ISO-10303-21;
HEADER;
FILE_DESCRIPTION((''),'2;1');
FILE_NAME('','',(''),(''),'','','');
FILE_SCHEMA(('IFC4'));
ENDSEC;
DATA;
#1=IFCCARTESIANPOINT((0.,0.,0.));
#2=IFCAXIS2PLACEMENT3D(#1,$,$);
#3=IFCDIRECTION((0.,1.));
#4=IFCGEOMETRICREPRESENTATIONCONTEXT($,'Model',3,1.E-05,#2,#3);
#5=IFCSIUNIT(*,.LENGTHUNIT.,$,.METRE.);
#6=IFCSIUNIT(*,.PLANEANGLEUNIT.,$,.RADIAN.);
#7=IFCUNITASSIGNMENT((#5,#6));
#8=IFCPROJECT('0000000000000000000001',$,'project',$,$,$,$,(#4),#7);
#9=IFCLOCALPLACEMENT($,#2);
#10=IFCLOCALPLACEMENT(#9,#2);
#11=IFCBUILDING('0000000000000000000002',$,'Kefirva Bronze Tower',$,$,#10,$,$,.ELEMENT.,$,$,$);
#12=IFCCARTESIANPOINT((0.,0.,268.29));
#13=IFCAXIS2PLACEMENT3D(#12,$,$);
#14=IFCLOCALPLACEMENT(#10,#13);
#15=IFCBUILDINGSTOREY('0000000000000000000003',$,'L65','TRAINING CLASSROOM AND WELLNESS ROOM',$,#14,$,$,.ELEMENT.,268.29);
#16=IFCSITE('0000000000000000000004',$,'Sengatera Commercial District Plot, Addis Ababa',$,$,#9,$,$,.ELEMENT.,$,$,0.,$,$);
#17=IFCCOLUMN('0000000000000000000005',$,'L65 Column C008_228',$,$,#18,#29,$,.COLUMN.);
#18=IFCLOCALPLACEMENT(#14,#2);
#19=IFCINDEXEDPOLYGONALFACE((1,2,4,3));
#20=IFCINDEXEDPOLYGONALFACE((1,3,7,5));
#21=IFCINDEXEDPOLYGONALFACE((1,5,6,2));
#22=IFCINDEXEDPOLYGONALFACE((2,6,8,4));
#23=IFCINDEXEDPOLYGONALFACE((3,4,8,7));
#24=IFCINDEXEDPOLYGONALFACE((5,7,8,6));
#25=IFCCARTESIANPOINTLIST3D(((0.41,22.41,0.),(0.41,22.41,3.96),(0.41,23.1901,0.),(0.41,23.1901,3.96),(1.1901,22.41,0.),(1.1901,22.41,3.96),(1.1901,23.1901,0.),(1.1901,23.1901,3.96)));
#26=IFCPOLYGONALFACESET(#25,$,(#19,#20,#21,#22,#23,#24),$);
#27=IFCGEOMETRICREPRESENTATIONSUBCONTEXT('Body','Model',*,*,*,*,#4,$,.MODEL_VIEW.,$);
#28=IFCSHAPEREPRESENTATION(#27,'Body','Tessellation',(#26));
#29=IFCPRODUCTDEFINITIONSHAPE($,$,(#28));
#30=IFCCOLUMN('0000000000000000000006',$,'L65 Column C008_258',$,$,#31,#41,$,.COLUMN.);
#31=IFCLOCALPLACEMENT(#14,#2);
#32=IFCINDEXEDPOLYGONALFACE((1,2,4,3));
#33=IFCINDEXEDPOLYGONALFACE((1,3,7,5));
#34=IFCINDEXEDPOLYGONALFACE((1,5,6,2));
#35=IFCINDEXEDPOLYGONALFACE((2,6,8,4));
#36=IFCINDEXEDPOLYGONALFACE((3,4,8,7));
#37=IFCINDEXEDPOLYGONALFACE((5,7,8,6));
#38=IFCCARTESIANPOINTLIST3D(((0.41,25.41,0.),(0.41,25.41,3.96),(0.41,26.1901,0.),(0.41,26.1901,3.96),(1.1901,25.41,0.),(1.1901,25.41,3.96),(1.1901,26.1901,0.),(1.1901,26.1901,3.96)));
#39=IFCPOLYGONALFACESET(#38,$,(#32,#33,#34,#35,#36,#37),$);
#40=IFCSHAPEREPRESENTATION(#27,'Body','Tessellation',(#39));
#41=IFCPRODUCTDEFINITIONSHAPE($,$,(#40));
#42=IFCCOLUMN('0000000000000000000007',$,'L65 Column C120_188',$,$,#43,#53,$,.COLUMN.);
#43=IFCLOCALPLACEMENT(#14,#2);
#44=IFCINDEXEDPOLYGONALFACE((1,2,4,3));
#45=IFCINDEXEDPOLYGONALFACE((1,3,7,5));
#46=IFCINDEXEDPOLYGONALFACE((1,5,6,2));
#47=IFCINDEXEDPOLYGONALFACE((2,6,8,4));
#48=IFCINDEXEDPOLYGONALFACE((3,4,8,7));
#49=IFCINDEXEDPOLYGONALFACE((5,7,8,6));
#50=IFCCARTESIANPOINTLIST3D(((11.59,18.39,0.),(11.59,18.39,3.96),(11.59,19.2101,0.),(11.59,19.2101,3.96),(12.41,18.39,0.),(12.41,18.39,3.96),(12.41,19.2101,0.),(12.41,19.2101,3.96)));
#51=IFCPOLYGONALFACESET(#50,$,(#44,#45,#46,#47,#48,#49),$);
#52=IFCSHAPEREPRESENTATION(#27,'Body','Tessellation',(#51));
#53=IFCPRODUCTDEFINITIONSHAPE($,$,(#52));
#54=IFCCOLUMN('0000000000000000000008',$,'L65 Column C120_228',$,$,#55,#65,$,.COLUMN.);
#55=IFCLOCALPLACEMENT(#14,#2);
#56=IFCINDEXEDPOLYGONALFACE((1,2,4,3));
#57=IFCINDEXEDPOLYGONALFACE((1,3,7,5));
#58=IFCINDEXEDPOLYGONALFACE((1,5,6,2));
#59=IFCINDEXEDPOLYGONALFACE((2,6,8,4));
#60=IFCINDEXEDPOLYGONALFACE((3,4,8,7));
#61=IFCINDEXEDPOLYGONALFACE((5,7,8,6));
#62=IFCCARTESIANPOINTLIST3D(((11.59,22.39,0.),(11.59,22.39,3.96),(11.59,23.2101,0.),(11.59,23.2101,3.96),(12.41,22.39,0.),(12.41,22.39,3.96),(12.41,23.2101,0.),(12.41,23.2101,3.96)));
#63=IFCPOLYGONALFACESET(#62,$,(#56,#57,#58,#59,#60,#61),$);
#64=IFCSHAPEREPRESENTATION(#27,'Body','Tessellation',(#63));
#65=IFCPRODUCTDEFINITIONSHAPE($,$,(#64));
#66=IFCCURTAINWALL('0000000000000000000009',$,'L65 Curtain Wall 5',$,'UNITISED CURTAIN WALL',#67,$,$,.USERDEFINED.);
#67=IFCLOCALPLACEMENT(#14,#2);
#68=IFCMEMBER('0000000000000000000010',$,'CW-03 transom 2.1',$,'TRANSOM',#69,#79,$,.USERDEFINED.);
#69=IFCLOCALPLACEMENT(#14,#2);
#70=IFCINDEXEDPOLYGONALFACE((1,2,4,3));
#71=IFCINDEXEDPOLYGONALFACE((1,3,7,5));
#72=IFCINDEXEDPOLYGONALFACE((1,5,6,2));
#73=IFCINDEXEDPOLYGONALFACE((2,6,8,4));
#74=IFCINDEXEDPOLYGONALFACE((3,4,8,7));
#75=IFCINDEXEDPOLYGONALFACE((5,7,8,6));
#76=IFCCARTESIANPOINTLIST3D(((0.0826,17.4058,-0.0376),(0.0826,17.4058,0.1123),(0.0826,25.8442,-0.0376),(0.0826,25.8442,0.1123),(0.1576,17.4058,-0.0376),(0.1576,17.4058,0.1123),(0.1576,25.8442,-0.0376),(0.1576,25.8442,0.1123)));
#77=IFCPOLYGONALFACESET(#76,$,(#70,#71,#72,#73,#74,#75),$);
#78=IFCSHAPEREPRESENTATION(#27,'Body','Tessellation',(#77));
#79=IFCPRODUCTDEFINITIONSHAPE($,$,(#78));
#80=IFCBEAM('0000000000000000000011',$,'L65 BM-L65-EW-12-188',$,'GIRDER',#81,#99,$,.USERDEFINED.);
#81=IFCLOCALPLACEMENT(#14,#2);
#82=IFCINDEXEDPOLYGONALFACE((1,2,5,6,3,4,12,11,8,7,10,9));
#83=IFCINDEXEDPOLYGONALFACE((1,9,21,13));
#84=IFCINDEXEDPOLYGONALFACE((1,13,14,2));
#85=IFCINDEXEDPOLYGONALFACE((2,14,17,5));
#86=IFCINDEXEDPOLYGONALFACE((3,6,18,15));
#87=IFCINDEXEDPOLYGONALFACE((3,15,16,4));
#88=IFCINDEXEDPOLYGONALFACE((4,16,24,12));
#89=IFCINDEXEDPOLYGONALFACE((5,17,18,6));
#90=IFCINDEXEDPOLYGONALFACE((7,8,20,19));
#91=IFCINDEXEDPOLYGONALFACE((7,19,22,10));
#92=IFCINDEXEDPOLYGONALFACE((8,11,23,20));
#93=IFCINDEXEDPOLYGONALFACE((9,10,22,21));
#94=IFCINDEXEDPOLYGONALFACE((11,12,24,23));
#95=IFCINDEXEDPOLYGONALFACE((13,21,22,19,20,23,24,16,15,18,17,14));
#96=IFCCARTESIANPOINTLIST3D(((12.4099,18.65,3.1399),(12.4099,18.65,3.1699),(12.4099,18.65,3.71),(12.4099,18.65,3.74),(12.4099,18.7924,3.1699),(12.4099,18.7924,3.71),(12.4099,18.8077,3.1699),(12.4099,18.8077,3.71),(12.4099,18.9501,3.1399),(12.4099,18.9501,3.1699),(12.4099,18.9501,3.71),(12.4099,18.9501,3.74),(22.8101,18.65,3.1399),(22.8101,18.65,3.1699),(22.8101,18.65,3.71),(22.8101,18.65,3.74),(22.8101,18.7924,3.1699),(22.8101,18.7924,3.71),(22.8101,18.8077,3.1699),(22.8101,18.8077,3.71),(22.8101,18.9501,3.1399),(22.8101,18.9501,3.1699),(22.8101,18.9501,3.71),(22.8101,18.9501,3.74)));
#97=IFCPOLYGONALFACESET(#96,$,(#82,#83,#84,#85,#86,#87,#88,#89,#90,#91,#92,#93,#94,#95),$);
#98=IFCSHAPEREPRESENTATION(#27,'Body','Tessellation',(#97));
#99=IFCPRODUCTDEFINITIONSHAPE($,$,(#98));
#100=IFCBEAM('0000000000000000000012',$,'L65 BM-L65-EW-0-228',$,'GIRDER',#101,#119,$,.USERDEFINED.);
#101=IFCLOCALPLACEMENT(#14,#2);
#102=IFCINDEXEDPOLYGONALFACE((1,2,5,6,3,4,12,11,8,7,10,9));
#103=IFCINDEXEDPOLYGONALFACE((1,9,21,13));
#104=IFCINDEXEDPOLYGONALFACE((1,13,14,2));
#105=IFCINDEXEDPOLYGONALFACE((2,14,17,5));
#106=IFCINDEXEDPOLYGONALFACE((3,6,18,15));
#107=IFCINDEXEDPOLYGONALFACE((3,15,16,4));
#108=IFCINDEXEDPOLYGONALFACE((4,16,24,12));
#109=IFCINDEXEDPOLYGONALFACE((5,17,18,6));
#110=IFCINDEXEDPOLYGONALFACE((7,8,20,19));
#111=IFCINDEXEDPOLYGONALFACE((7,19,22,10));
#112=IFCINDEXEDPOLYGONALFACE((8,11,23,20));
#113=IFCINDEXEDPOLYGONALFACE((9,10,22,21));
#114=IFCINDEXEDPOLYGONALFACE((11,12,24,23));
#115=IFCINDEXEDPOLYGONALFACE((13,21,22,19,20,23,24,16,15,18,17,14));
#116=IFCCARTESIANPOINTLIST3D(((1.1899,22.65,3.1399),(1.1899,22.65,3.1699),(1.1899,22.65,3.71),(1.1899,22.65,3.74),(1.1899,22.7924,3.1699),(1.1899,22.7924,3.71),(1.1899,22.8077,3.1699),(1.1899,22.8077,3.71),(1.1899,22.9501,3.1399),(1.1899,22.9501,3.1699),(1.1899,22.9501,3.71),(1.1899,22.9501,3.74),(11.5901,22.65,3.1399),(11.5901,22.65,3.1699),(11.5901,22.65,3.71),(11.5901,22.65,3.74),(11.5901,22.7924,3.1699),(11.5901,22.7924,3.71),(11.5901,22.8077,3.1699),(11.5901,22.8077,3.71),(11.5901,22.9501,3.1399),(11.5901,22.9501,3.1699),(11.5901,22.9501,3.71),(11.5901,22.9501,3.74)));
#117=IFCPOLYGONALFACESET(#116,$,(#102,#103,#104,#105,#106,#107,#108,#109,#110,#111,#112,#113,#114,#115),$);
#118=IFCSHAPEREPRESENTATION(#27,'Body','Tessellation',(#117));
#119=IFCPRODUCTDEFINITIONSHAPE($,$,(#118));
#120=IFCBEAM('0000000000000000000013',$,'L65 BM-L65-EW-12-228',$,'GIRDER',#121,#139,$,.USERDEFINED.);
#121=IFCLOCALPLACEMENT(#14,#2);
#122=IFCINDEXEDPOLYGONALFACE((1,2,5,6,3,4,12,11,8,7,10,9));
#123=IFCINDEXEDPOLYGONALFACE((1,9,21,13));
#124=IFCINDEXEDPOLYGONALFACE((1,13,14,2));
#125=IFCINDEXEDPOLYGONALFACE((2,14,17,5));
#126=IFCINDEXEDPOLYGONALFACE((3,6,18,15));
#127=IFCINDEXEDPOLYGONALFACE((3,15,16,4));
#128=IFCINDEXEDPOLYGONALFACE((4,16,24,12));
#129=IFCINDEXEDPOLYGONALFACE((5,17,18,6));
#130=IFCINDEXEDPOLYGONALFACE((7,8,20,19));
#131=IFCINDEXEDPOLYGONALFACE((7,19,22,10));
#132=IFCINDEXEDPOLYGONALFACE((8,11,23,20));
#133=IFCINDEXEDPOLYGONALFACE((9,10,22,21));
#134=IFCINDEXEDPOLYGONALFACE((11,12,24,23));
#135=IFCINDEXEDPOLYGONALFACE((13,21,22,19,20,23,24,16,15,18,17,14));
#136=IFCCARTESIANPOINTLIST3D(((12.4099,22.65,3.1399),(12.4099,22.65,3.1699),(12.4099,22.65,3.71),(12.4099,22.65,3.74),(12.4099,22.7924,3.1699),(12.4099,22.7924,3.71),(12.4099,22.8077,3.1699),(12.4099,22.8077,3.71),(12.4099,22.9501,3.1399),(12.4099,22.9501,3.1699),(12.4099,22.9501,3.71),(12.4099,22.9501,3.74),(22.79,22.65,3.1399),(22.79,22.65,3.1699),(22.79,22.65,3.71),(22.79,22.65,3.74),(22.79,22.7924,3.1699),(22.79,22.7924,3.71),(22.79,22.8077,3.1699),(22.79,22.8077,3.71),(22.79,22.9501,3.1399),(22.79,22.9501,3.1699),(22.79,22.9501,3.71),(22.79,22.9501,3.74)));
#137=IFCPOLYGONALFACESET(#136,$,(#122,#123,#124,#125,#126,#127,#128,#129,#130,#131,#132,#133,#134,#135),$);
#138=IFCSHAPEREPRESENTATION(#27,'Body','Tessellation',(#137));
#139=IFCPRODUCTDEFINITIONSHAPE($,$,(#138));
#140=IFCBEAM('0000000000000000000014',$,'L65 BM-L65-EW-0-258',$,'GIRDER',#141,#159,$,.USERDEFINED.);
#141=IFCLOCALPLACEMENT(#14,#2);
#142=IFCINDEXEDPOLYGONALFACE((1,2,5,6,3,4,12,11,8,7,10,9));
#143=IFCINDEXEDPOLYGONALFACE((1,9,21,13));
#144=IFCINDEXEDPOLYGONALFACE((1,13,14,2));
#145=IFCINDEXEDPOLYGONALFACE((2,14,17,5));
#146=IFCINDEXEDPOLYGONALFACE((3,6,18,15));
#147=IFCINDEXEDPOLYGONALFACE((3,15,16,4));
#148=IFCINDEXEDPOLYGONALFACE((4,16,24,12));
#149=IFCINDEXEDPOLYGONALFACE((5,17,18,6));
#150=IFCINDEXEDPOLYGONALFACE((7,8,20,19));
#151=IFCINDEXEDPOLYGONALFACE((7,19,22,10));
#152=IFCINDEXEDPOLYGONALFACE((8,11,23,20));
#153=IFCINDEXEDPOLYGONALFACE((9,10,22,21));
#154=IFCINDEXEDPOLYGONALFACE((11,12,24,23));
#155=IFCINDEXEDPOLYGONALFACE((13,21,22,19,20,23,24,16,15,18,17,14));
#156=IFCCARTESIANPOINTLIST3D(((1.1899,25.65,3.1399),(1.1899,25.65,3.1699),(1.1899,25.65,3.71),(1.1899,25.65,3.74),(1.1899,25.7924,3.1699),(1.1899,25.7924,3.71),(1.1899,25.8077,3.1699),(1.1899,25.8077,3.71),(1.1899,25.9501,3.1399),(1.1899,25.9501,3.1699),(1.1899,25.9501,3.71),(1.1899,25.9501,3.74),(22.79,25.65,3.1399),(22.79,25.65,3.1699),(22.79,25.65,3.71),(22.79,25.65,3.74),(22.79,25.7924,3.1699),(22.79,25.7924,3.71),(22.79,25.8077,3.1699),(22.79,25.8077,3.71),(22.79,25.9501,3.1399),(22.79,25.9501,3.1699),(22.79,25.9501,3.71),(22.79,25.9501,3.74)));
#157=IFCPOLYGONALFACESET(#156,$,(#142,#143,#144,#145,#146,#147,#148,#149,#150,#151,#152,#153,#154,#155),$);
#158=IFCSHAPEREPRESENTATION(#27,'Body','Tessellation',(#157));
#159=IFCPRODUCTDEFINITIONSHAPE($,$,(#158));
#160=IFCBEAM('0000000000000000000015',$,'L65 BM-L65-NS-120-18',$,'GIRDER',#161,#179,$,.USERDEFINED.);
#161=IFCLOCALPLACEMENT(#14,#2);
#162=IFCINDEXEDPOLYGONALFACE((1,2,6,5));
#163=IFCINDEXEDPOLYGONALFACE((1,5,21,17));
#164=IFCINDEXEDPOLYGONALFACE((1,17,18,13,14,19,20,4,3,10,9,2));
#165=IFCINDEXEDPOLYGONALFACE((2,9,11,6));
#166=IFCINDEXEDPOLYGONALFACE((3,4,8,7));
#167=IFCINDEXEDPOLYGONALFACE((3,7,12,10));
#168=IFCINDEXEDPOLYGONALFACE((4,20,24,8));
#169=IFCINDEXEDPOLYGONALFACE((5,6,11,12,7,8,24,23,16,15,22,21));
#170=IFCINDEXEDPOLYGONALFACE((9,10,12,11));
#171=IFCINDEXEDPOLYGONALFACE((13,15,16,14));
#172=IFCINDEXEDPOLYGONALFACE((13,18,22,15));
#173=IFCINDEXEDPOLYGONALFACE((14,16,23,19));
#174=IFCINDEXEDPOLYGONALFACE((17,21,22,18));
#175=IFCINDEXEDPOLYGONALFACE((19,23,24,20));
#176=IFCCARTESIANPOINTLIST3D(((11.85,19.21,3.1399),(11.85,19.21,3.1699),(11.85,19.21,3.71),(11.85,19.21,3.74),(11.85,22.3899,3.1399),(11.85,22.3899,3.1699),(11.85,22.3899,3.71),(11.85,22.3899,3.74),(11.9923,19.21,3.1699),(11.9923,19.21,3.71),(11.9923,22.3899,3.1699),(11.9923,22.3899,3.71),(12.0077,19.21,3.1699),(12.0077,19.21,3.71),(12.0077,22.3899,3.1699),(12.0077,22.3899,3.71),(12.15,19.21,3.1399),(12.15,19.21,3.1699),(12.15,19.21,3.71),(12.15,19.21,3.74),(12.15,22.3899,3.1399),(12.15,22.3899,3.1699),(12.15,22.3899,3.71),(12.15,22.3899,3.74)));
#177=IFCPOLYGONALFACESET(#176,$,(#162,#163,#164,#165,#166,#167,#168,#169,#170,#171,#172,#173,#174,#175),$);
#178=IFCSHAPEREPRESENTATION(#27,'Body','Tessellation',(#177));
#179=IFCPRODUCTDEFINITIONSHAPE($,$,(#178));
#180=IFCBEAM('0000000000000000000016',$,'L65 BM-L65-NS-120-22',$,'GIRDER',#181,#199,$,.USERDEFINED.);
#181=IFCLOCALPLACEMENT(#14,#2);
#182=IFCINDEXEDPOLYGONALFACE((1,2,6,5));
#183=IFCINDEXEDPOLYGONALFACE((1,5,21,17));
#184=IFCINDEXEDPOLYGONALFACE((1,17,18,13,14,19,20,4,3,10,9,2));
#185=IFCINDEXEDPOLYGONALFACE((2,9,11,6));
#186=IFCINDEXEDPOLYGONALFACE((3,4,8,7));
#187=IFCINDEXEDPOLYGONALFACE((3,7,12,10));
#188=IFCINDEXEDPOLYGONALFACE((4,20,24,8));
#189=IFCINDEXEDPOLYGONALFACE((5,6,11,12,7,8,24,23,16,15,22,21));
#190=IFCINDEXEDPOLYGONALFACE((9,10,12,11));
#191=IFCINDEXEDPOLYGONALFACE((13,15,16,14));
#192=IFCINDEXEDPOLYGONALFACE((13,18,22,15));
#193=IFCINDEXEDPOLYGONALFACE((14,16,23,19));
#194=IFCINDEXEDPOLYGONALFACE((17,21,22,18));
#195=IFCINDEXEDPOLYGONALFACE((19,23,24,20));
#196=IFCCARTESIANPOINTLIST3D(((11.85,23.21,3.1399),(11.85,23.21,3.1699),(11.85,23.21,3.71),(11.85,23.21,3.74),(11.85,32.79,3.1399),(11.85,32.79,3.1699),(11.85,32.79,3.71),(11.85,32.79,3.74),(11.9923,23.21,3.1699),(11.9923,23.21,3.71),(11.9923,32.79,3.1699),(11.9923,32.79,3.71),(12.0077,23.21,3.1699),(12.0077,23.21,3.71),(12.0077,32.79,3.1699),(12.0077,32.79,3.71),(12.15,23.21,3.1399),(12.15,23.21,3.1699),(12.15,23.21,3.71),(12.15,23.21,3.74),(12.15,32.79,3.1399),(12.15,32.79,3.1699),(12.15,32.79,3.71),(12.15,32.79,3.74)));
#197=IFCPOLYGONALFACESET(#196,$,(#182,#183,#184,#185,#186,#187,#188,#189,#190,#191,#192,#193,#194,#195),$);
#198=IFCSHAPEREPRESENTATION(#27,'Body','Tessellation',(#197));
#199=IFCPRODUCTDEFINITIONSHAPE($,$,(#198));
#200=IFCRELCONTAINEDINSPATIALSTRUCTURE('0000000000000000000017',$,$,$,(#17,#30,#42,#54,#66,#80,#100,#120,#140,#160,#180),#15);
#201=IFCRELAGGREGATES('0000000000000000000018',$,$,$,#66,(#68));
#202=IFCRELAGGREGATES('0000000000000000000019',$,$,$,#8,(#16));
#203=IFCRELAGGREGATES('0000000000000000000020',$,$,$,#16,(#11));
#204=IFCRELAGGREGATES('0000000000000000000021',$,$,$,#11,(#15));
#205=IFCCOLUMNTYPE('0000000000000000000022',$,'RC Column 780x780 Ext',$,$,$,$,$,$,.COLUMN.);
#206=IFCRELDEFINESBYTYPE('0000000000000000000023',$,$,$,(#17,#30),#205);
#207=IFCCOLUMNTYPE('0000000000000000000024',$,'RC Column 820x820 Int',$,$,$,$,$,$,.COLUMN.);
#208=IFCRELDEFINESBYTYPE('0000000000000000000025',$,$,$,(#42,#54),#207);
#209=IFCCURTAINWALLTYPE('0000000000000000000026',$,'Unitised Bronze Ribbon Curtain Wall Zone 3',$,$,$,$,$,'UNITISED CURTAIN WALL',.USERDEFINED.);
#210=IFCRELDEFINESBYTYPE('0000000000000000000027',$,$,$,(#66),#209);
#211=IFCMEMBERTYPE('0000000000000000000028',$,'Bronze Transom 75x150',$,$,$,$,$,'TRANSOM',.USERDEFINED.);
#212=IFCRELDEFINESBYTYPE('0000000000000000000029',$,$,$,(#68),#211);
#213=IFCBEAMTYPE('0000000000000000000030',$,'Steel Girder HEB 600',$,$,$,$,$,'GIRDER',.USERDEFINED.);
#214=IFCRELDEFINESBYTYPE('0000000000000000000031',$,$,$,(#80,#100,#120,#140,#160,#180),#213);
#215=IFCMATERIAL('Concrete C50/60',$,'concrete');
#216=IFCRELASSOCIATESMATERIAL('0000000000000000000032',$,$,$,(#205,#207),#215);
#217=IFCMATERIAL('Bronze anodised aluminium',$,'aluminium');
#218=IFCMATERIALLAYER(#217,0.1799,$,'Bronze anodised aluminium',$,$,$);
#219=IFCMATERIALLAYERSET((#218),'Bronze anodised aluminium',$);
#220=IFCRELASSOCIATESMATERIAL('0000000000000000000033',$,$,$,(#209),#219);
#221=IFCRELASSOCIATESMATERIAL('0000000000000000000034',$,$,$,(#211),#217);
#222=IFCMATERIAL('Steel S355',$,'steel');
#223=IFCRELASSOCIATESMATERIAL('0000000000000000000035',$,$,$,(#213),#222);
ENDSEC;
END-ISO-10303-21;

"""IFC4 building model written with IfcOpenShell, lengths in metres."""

from ifc_helpers import new_model, si_unit, direction, frame, origin, origin_2d, place, context, subcontext, project, spatial, rectangle, i_section, extrude, material, layer, layer_set, material_profile, profile_set, type_object, element, aggregate, save


model = new_model("IFC4")

# Units and contexts
model_context = context("Model", 3, precision=1e-05, world=origin(), true_north=direction((0.0, 1.0)))
body_context = subcontext(model_context, "Body", "Model", "MODEL_VIEW")
ifc_project = project(units=[si_unit("LENGTHUNIT", "METRE"), si_unit("PLANEANGLEUNIT", "RADIAN")], contexts=[model_context])

# Site, building, storey
site_placement = place(None, origin())
site = spatial("IfcSite", under=ifc_project, at=site_placement, Name="Sengatera Commercial District Plot, Addis Ababa", CompositionType="ELEMENT", RefElevation=0.0)
building_placement = place(site_placement, origin())
building = spatial("IfcBuilding", under=site, at=building_placement, Name="Kefirva Bronze Tower", CompositionType="ELEMENT")
storey_placement = place(building_placement, frame((0.0, 0.0, 268.29)))
storey = spatial("IfcBuildingStorey", under=building, at=storey_placement, Name="L65", Description="TRAINING CLASSROOM AND WELLNESS ROOM", CompositionType="ELEMENT", Elevation=268.29)

# Columns
ifc_material_1 = material(Name="Concrete C50/60", Category="concrete")
ifc_material_profile_1 = material_profile(ifc_material_1, rectangle(XDim=0.78, YDim=0.78, at=origin_2d()), Name="RC 780x780")
ifc_profile_set_1 = profile_set([ifc_material_profile_1], Name="Concrete C50/60")
column_type_1 = type_object("IfcColumnType", Name="RC Column 780x780 Ext", PredefinedType="COLUMN", material=ifc_profile_set_1)
for number, where, z_axis, x_axis, name in (
    (1, (0.8, 22.8, 0.0), (0.0, 0.0, 1.0), (1.0, 0.0, 0.0), "L65 Column C008_228"),
    (2, (0.8, 25.8, 0.0), (0.0, 0.0, 1.0), (1.0, 0.0, 0.0), "L65 Column C008_258"),
):
    element("IfcColumn", number, at=place(storey_placement, frame(where, z_axis=z_axis, x_axis=x_axis)), inside=storey, type_object=column_type_1, Name=name, PredefinedType="COLUMN", context=body_context, shape_type="SweptSolid", body=[
        extrude(rectangle(XDim=0.78, YDim=0.78, at=origin_2d()), origin(), (0.0, 0.0, 1.0), 3.96),
    ])
ifc_material_profile_2 = material_profile(ifc_material_1, rectangle(XDim=0.8201, YDim=0.8201, at=origin_2d()), Name="RC 820x820")
ifc_profile_set_2 = profile_set([ifc_material_profile_2], Name="Concrete C50/60")
column_type_2 = type_object("IfcColumnType", Name="RC Column 820x820 Int", PredefinedType="COLUMN", material=ifc_profile_set_2)
for number, where, z_axis, x_axis, name in (
    (3, (12.0, 18.8, 0.0), (0.0, 0.0, 1.0), (1.0, 0.0, 0.0), "L65 Column C120_188"),
    (4, (12.0, 22.8, 0.0), (0.0, 0.0, 1.0), (1.0, 0.0, 0.0), "L65 Column C120_228"),
):
    element("IfcColumn", number, at=place(storey_placement, frame(where, z_axis=z_axis, x_axis=x_axis)), inside=storey, type_object=column_type_2, Name=name, PredefinedType="COLUMN", context=body_context, shape_type="SweptSolid", body=[
        extrude(rectangle(XDim=0.8201, YDim=0.8201, at=origin_2d()), origin(), (0.0, 0.0, 1.0), 3.96),
    ])

# Curtain wall, member
ifc_material_2 = material(Name="Bronze anodised aluminium", Category="aluminium")
ifc_layer_1 = layer(ifc_material_2, 0.1799, Name="Bronze anodised aluminium")
ifc_layer_set_1 = layer_set([ifc_layer_1], Name="Bronze anodised aluminium")
curtain_wall_type = type_object("IfcCurtainWallType", Name="Unitised Bronze Ribbon Curtain Wall Zone 3", ElementType="UNITISED CURTAIN WALL", PredefinedType="USERDEFINED", material=ifc_layer_set_1)
curtain_wall_placement = place(storey_placement, origin())
curtain_wall = element("IfcCurtainWall", 5, at=curtain_wall_placement, inside=storey, type_object=curtain_wall_type, Name="L65 Curtain Wall 5", ObjectType="UNITISED CURTAIN WALL", PredefinedType="USERDEFINED")
ifc_material_profile_3 = material_profile(ifc_material_2, rectangle(XDim=0.075, YDim=0.1499, at=origin_2d()), Name="ALU 75x150")
ifc_profile_set_3 = profile_set([ifc_material_profile_3], Name="Bronze anodised aluminium")
member_type = type_object("IfcMemberType", Name="Bronze Transom 75x150", ElementType="TRANSOM", PredefinedType="USERDEFINED", material=ifc_profile_set_3)
member_placement = place(storey_placement, frame((0.1201, 25.8442, 0.0374), z_axis=(0.0, -1.0, 0.0), x_axis=(1.0, 0.0, 0.0)))
member = element("IfcMember", 6, at=member_placement, type_object=member_type, Name="CW-03 transom 2.1", ObjectType="TRANSOM", PredefinedType="USERDEFINED", context=body_context, shape_type="SweptSolid", body=[
    extrude(rectangle(XDim=0.075, YDim=0.1499, at=origin_2d()), origin(), (0.0, 0.0, 1.0), 8.4385),
])

# Beams
ifc_material_3 = material(Name="Steel S355", Category="steel")
ifc_material_profile_4 = material_profile(ifc_material_3, i_section(OverallWidth=0.3, OverallDepth=0.6001, WebThickness=0.0154, FlangeThickness=0.03, at=origin_2d()), Name="HEB 600")
ifc_profile_set_4 = profile_set([ifc_material_profile_4], Name="Steel S355")
beam_type_1 = type_object("IfcBeamType", Name="Steel Girder HEB 600", ElementType="GIRDER", PredefinedType="USERDEFINED", material=ifc_profile_set_4)
for number, where, z_axis, x_axis, name in (
    (7, (12.4099, 18.8, 3.4399), (1.0, 0.0, 0.0), (0.0, 1.0, 0.0), "L65 BM-L65-EW-12-188"),
    (8, (1.1899, 22.8, 3.4399), (1.0, 0.0, 0.0), (0.0, 1.0, 0.0), "L65 BM-L65-EW-0-228"),
):
    element("IfcBeam", number, at=place(storey_placement, frame(where, z_axis=z_axis, x_axis=x_axis)), inside=storey, type_object=beam_type_1, Name=name, ObjectType="GIRDER", PredefinedType="USERDEFINED", context=body_context, shape_type="SweptSolid", body=[
        extrude(i_section(OverallWidth=0.3, OverallDepth=0.6001, WebThickness=0.0154, FlangeThickness=0.03, at=origin_2d()), origin(), (0.0, 0.0, 1.0), 10.4001),
    ])
beam_1_placement = place(storey_placement, frame((12.4099, 22.8, 3.4399), z_axis=(1.0, 0.0, 0.0), x_axis=(0.0, 1.0, 0.0)))
element("IfcBeam", 9, at=beam_1_placement, inside=storey, type_object=beam_type_1, Name="L65 BM-L65-EW-12-228", ObjectType="GIRDER", PredefinedType="USERDEFINED", context=body_context, shape_type="SweptSolid", body=[
    extrude(i_section(OverallWidth=0.3, OverallDepth=0.6001, WebThickness=0.0154, FlangeThickness=0.03, at=origin_2d()), origin(), (0.0, 0.0, 1.0), 10.3801),
])
beam_2_placement = place(storey_placement, frame((1.1899, 25.8, 3.4399), z_axis=(1.0, 0.0, 0.0), x_axis=(0.0, 1.0, 0.0)))
element("IfcBeam", 10, at=beam_2_placement, inside=storey, type_object=beam_type_1, Name="L65 BM-L65-EW-0-258", ObjectType="GIRDER", PredefinedType="USERDEFINED", context=body_context, shape_type="SweptSolid", body=[
    extrude(i_section(OverallWidth=0.3, OverallDepth=0.6001, WebThickness=0.0154, FlangeThickness=0.03, at=origin_2d()), origin(), (0.0, 0.0, 1.0), 21.6001),
])
beam_3_placement = place(storey_placement, frame((12.0, 19.21, 3.4399), z_axis=(0.0, 1.0, 0.0), x_axis=(-1.0, 0.0, 0.0)))
element("IfcBeam", 11, at=beam_3_placement, inside=storey, type_object=beam_type_1, Name="L65 BM-L65-NS-120-18", ObjectType="GIRDER", PredefinedType="USERDEFINED", context=body_context, shape_type="SweptSolid", body=[
    extrude(i_section(OverallWidth=0.3, OverallDepth=0.6001, WebThickness=0.0154, FlangeThickness=0.03, at=origin_2d()), origin(), (0.0, 0.0, 1.0), 3.1799),
])
beam_4_placement = place(storey_placement, frame((12.0, 23.21, 3.4399), z_axis=(0.0, 1.0, 0.0), x_axis=(-1.0, 0.0, 0.0)))
element("IfcBeam", 12, at=beam_4_placement, inside=storey, type_object=beam_type_1, Name="L65 BM-L65-NS-120-22", ObjectType="GIRDER", PredefinedType="USERDEFINED", context=body_context, shape_type="SweptSolid", body=[
    extrude(i_section(OverallWidth=0.3, OverallDepth=0.6001, WebThickness=0.0154, FlangeThickness=0.03, at=origin_2d()), origin(), (0.0, 0.0, 1.0), 9.5801),
])

aggregate(curtain_wall, [member])

save(model, "model.ifc")
